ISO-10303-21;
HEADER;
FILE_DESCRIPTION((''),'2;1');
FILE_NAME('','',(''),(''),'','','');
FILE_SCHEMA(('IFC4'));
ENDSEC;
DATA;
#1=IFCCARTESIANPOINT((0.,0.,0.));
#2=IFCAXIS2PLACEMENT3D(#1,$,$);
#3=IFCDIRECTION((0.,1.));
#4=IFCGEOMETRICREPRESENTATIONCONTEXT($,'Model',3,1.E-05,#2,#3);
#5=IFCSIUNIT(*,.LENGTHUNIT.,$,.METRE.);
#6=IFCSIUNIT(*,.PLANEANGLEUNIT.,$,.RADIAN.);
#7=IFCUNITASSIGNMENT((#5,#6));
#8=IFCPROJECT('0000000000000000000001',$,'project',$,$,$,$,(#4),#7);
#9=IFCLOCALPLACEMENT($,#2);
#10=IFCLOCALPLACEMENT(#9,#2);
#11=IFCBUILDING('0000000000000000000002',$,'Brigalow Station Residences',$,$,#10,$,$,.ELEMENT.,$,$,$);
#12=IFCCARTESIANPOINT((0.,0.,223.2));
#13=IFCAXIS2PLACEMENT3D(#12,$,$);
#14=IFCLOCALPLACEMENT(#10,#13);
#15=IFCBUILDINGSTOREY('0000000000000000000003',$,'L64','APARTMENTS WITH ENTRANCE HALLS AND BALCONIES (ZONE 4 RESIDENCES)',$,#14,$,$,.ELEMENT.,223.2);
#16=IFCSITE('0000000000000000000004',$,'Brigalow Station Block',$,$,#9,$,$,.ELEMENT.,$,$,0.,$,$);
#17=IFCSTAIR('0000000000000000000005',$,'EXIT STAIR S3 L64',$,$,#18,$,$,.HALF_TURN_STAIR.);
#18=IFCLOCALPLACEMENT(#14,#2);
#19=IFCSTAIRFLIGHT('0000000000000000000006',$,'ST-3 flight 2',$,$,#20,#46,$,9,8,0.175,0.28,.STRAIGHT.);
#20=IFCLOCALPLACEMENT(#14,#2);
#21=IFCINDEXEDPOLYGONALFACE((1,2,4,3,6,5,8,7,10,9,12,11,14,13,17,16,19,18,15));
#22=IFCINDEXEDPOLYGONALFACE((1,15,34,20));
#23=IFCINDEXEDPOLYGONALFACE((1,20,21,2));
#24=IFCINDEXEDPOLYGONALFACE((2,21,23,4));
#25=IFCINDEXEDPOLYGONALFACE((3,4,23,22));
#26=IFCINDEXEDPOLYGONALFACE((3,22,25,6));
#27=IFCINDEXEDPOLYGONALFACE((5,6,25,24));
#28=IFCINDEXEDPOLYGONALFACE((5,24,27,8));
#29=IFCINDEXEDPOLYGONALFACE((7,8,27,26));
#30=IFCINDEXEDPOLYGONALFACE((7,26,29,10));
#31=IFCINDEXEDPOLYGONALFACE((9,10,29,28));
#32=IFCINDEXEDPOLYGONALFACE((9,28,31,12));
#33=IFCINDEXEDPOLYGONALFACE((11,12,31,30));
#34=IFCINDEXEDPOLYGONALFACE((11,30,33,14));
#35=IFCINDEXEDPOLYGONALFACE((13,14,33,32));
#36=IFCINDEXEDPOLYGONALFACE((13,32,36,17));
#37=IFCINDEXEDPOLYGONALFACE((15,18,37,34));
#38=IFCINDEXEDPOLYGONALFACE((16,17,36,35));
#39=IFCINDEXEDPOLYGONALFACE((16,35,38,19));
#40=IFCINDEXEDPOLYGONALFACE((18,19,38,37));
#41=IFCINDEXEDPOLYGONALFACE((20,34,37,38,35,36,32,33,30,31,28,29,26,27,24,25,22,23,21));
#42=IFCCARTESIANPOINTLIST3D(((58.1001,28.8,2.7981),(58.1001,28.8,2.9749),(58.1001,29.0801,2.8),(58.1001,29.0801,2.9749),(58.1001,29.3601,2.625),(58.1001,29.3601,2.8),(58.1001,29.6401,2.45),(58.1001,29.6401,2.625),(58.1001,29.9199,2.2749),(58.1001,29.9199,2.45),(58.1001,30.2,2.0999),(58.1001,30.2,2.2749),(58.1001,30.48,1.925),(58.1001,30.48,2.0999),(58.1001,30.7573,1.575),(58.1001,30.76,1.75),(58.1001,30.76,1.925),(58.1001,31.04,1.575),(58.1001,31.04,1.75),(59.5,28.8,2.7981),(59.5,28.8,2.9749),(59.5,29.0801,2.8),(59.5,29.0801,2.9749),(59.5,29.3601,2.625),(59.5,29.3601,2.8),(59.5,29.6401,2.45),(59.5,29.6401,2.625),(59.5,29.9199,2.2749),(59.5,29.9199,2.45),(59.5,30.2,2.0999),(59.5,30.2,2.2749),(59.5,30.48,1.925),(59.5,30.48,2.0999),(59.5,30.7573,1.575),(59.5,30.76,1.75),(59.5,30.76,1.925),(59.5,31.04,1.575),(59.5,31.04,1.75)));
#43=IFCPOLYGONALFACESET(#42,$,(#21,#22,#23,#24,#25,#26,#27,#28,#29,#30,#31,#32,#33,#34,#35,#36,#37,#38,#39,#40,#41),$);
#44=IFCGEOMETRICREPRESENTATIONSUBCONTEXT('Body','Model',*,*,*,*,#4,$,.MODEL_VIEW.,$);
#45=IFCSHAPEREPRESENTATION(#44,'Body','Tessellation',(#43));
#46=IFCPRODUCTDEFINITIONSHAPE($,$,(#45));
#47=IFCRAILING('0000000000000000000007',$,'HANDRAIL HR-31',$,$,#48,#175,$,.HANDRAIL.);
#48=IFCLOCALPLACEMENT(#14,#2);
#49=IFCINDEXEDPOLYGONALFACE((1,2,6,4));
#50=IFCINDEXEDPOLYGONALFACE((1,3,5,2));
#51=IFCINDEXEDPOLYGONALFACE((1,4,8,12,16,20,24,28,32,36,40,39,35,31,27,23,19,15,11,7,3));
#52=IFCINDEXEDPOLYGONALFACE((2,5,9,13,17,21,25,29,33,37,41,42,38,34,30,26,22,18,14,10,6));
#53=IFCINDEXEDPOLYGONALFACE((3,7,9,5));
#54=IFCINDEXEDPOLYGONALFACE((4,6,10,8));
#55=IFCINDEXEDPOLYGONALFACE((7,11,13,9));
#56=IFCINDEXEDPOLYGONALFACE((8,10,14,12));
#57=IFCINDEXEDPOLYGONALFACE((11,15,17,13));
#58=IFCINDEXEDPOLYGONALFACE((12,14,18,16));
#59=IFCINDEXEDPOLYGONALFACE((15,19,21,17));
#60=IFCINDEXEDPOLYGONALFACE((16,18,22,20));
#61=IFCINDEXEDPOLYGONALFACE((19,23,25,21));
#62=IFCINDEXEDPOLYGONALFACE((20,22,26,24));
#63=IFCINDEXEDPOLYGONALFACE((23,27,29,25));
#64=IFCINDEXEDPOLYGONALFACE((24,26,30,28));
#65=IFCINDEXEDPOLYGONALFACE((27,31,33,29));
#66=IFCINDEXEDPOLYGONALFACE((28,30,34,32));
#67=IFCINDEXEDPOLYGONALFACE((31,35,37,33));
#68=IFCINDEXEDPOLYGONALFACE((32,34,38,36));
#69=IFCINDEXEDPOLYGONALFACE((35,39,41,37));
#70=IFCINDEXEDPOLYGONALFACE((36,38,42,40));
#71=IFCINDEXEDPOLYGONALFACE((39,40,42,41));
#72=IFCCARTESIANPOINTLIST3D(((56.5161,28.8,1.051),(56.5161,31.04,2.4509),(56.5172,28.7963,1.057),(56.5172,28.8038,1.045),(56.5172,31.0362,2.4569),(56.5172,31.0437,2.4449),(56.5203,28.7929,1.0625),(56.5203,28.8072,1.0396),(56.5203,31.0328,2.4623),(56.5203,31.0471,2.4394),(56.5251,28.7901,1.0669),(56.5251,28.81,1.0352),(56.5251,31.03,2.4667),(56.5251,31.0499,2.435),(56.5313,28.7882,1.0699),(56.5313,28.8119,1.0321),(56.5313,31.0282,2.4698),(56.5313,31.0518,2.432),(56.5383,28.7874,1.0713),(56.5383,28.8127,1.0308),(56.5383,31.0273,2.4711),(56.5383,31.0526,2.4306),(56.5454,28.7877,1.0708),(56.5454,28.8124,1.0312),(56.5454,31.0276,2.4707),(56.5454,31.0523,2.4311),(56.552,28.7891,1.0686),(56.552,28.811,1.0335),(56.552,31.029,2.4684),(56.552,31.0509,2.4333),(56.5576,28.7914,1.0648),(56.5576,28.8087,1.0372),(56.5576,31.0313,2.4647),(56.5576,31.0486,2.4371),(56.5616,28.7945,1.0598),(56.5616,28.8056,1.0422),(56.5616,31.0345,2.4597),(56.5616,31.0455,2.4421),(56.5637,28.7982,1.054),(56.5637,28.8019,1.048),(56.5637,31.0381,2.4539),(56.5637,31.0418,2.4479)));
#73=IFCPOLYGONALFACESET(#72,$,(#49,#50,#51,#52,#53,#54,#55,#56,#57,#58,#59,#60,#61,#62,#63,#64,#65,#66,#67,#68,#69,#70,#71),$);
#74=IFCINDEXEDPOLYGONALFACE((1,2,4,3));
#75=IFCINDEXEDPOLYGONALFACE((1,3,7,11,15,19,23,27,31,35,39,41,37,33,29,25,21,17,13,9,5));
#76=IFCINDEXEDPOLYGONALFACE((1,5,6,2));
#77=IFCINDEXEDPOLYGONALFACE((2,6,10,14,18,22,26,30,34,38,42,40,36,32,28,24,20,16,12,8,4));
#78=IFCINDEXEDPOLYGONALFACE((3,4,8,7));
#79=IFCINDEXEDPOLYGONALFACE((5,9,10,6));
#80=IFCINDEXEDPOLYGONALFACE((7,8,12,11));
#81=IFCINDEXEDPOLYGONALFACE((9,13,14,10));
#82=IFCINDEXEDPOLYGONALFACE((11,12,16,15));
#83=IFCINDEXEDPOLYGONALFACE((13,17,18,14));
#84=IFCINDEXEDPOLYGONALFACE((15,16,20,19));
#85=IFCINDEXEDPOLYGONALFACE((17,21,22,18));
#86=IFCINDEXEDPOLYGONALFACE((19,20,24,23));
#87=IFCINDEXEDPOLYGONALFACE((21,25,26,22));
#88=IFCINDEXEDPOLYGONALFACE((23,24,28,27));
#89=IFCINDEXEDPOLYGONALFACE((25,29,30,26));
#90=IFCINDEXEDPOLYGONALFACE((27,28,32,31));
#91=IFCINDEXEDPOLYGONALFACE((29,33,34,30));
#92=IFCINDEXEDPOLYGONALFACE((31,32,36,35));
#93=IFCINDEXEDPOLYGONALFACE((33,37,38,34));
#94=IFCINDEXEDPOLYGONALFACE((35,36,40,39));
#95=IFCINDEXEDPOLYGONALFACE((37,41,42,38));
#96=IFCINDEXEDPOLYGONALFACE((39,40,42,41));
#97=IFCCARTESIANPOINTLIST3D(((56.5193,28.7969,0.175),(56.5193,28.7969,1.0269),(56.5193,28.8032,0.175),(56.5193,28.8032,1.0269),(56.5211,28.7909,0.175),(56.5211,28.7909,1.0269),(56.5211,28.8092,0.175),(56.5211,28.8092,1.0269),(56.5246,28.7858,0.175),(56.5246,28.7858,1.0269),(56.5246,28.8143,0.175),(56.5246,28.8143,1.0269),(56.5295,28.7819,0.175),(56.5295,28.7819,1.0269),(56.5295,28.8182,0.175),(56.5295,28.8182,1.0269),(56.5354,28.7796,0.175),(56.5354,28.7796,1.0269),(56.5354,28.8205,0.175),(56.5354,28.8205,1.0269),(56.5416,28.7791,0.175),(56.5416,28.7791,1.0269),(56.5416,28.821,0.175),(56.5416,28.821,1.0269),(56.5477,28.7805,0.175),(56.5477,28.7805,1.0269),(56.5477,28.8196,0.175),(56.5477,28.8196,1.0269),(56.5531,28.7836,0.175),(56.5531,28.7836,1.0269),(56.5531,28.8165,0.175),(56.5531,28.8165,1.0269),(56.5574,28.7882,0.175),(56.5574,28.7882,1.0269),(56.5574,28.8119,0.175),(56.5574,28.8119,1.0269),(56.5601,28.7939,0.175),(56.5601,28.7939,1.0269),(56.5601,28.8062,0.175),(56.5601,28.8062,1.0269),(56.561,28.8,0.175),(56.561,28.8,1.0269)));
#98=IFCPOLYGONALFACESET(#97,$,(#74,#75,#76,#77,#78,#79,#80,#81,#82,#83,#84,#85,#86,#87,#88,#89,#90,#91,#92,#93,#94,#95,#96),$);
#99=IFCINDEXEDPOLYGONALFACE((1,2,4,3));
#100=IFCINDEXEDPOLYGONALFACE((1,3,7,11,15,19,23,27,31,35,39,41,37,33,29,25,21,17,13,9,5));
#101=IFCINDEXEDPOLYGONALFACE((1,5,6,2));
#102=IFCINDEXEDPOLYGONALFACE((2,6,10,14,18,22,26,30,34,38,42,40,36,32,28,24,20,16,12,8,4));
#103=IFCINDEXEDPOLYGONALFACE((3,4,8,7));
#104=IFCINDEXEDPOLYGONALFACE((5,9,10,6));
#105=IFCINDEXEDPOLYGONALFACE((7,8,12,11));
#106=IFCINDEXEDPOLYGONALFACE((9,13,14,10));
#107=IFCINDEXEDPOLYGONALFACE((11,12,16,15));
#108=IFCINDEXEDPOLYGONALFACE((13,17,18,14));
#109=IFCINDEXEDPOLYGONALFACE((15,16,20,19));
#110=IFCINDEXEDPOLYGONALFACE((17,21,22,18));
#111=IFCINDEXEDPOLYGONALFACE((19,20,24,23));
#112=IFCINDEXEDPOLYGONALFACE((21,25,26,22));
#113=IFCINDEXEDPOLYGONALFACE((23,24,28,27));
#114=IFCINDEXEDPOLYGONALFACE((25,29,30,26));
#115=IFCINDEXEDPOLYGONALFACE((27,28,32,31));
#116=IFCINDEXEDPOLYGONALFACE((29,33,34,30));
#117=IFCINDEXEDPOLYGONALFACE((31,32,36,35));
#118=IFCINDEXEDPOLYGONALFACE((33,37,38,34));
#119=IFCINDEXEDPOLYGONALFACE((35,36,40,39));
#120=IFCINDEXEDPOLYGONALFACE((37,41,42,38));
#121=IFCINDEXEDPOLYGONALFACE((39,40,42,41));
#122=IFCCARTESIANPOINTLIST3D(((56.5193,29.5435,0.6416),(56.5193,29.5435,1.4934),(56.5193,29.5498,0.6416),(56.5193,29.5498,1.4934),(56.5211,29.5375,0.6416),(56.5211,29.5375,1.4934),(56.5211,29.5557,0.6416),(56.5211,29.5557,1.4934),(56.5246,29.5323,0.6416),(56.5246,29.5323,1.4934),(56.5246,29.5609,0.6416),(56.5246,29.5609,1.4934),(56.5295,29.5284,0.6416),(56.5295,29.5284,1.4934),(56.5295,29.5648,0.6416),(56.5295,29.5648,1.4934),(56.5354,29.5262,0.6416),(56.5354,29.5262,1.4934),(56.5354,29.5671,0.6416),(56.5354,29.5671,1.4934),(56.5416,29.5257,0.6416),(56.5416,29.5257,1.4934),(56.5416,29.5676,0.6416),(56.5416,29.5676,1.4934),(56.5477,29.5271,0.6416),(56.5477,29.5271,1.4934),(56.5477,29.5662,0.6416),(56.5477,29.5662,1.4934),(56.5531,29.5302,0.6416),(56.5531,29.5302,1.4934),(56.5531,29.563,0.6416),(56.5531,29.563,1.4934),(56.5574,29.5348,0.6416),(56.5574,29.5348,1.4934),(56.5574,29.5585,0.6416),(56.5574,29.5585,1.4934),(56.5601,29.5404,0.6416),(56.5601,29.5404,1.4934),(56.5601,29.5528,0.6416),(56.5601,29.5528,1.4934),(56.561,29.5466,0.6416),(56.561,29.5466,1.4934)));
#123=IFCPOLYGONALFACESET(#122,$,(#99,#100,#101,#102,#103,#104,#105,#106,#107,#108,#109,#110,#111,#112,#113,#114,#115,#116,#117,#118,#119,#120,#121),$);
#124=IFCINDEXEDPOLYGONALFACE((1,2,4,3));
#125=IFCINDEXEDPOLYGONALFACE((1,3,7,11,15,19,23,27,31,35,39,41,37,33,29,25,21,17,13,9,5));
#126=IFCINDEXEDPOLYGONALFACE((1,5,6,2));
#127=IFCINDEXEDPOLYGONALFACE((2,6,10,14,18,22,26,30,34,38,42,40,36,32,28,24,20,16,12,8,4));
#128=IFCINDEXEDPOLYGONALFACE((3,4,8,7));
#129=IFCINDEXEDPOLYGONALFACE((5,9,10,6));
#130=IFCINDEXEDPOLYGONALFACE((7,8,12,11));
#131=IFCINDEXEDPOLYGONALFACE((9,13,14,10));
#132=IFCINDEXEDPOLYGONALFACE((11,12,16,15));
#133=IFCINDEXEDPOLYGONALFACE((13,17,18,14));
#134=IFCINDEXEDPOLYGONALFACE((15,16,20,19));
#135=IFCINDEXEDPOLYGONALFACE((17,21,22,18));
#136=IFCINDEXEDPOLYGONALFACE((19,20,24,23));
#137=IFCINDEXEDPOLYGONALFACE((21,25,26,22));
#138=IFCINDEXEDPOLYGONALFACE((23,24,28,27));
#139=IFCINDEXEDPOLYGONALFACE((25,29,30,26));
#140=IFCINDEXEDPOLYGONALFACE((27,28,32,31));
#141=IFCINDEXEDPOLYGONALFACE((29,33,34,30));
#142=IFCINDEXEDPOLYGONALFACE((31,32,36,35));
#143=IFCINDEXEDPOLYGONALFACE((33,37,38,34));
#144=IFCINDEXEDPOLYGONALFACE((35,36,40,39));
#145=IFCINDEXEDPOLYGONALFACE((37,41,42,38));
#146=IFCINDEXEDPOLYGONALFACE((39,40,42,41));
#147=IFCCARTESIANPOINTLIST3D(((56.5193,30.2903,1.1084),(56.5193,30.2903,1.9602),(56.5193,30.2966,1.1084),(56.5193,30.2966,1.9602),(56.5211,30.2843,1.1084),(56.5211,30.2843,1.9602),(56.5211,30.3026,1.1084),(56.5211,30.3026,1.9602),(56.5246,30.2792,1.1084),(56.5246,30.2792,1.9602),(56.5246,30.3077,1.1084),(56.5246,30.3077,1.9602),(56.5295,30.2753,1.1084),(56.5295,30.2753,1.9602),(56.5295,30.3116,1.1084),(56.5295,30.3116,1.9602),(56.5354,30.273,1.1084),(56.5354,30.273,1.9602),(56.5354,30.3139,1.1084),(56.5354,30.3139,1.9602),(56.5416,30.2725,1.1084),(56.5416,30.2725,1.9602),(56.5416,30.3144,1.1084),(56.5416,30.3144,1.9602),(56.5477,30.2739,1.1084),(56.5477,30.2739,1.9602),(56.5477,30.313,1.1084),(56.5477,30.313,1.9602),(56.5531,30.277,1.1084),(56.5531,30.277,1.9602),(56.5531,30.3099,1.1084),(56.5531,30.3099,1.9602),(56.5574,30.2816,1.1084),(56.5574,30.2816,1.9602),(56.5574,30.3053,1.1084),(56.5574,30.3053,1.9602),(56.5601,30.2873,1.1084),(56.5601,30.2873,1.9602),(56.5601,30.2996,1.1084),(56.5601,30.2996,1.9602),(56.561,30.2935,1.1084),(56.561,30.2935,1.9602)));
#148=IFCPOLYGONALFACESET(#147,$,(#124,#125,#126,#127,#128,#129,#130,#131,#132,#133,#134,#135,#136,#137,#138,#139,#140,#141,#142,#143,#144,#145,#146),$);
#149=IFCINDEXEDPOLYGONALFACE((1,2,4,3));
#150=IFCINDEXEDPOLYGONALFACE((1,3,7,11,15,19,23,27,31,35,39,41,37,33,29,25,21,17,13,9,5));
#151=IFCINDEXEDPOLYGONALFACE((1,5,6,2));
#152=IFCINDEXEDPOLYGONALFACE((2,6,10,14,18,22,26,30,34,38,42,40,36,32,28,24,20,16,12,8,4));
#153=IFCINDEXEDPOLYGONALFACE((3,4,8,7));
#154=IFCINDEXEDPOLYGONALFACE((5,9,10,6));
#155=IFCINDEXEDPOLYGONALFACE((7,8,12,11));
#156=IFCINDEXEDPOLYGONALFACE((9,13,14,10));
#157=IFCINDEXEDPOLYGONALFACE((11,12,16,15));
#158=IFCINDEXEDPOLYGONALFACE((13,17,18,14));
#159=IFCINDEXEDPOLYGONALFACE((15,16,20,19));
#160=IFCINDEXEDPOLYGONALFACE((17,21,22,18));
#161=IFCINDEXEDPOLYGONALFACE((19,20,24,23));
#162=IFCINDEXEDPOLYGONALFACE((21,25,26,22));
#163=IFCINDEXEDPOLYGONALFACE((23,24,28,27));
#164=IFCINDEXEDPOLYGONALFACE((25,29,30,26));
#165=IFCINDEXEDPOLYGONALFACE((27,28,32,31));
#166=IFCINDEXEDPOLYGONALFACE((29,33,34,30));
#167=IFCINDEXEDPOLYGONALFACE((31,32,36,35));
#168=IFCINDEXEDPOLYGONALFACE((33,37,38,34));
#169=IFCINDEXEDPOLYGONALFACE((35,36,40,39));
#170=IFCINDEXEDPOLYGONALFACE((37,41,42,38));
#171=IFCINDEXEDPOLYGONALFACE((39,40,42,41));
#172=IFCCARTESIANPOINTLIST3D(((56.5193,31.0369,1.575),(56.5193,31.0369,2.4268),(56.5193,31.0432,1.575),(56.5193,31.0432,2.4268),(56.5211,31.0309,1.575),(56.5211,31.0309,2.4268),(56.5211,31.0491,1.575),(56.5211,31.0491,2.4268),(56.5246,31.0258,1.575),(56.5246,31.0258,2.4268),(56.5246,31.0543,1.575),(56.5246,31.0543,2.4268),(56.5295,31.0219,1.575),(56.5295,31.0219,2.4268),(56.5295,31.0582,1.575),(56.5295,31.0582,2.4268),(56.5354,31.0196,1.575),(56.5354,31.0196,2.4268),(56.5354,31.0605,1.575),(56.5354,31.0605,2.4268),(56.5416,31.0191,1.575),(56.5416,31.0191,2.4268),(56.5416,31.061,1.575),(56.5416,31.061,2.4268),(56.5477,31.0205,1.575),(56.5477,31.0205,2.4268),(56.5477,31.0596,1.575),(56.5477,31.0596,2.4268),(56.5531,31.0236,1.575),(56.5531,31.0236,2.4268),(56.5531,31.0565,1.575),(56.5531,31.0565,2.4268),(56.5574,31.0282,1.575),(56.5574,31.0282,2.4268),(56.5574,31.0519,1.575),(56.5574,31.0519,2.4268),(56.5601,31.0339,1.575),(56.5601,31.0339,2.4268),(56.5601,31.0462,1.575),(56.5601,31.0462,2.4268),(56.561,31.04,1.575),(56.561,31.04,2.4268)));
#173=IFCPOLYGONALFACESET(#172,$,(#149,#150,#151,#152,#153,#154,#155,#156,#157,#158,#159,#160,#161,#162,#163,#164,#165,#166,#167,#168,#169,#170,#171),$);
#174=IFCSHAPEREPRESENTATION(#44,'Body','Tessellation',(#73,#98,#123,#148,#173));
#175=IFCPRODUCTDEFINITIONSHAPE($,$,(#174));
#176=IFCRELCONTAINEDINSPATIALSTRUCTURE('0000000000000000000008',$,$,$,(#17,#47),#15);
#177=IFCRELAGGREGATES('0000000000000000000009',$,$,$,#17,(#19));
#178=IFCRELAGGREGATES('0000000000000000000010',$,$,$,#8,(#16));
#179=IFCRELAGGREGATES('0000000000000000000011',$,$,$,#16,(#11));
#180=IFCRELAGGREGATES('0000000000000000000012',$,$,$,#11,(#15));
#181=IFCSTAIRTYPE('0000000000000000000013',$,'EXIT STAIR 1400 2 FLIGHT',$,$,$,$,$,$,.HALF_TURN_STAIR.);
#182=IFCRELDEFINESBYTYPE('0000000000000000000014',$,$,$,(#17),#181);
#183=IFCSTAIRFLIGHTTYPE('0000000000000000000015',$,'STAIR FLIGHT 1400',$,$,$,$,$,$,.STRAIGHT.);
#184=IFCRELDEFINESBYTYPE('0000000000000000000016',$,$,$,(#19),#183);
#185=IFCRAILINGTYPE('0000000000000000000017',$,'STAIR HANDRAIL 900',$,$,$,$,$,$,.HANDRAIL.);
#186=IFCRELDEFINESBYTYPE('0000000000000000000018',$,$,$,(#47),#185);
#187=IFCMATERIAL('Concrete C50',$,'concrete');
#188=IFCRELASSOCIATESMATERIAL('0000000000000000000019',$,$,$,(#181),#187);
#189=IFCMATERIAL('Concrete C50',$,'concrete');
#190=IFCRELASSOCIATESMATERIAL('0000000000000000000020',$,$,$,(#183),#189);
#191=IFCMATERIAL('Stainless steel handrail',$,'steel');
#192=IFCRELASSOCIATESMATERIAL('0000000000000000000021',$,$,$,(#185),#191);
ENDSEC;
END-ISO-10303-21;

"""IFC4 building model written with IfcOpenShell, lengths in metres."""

from ifc_helpers import new_model, si_unit, direction, frame, origin, origin_2d, place, context, subcontext, project, spatial, polyline, circle, outline, extrude, material, type_object, element, aggregate, save


model = new_model("IFC4")

# Units and contexts
model_context = context("Model", 3, precision=1e-05, world=origin(), true_north=direction((0.0, 1.0)))
body_context = subcontext(model_context, "Body", "Model", "MODEL_VIEW")
ifc_project = project(units=[si_unit("LENGTHUNIT", "METRE"), si_unit("PLANEANGLEUNIT", "RADIAN")], contexts=[model_context])

# Site, building, storey
site_placement = place(None, origin())
site = spatial("IfcSite", under=ifc_project, at=site_placement, Name="Brigalow Station Block", CompositionType="ELEMENT", RefElevation=0.0)
building_placement = place(site_placement, origin())
building = spatial("IfcBuilding", under=site, at=building_placement, Name="Brigalow Station Residences", CompositionType="ELEMENT")
storey_placement = place(building_placement, frame((0.0, 0.0, 223.2)))
storey = spatial("IfcBuildingStorey", under=building, at=storey_placement, Name="L64", Description="APARTMENTS WITH ENTRANCE HALLS AND BALCONIES (ZONE 4 RESIDENCES)", CompositionType="ELEMENT", Elevation=223.2)

# Stair, stair flight
ifc_material_1 = material(Name="Concrete C50", Category="concrete")
stair_type = type_object("IfcStairType", Name="EXIT STAIR 1400 2 FLIGHT", PredefinedType="HALF_TURN_STAIR", material=ifc_material_1)
stair_placement = place(storey_placement, origin())
stair = element("IfcStair", 1, at=stair_placement, inside=storey, type_object=stair_type, Name="EXIT STAIR S3 L64", PredefinedType="HALF_TURN_STAIR")
ifc_material_2 = material(Name="Concrete C50", Category="concrete")
stair_flight_type = type_object("IfcStairFlightType", Name="STAIR FLIGHT 1400", PredefinedType="STRAIGHT", material=ifc_material_2)
stair_flight_1_placement = place(storey_placement, frame((58.8, 31.04, 1.575), z_axis=(0.0, 0.0, 1.0), x_axis=(0.0, -1.0, 0.0)))
stair_flight_1 = element("IfcStairFlight", 2, at=stair_flight_1_placement, type_object=stair_flight_type, Name="ST-3 flight 2", NumberOfRisers=9, NumberOfTreads=8, PredefinedType="STRAIGHT", RiserHeight=0.175, TreadLength=0.28, context=body_context, shape_type="SweptSolid", body=[
    extrude(outline(polyline([(0.0, 0.0), (0.0, 0.175), (0.28, 0.175), (0.28, 0.3501), (0.5601, 0.3501), (0.5601, 0.5249), (0.8401, 0.5249), (0.8401, 0.7), (1.1201, 0.7), (1.1201, 0.875), (1.3999, 0.875), (1.3999, 1.05), (1.6799, 1.05), (1.6799, 1.2251), (1.96, 1.2251), (1.96, 1.3999), (2.24, 1.3999), (2.24, 1.575), (2.24, 1.2231), (0.2827, 0.0), (0.0, 0.0)])), frame((0.0, 0.7, 0.0), z_axis=(0.0, -1.0, 0.0), x_axis=(1.0, 0.0, 0.0)), (0.0, 0.0, 1.0), 1.3999),
])
aggregate(stair, [stair_flight_1])

# Railing
ifc_material_3 = material(Name="Stainless steel handrail", Category="steel")
railing_type_1 = type_object("IfcRailingType", Name="STAIR HANDRAIL 900", PredefinedType="HANDRAIL", material=ifc_material_3)
railing_1_placement = place(storey_placement, frame((56.54, 28.8, 0.175)))
element("IfcRailing", 3, at=railing_1_placement, inside=storey, type_object=railing_type_1, Name="HANDRAIL HR-31", PredefinedType="HANDRAIL", context=body_context, shape_type="SweptSolid", body=[
    extrude(circle(Radius=0.0239, at=origin_2d()), frame((0.0, 0.0, 0.876), z_axis=(0.0, 0.848014, 0.529974), x_axis=(-1.0, 0.0, 0.0)), (0.0, 0.0, 1.0), 2.6414),
    extrude(circle(Radius=0.021, at=origin_2d()), origin(), (0.0, 0.0, 1.0), 0.8518),
    extrude(circle(Radius=0.021, at=origin_2d()), frame((0.0, 0.7466, 0.4666)), (0.0, 0.0, 1.0), 0.8518),
    extrude(circle(Radius=0.021, at=origin_2d()), frame((0.0, 1.4934, 0.9333)), (0.0, 0.0, 1.0), 0.8518),
    extrude(circle(Radius=0.021, at=origin_2d()), frame((0.0, 2.24, 1.3999)), (0.0, 0.0, 1.0), 0.8518),
])

save(model, "model.ifc")
